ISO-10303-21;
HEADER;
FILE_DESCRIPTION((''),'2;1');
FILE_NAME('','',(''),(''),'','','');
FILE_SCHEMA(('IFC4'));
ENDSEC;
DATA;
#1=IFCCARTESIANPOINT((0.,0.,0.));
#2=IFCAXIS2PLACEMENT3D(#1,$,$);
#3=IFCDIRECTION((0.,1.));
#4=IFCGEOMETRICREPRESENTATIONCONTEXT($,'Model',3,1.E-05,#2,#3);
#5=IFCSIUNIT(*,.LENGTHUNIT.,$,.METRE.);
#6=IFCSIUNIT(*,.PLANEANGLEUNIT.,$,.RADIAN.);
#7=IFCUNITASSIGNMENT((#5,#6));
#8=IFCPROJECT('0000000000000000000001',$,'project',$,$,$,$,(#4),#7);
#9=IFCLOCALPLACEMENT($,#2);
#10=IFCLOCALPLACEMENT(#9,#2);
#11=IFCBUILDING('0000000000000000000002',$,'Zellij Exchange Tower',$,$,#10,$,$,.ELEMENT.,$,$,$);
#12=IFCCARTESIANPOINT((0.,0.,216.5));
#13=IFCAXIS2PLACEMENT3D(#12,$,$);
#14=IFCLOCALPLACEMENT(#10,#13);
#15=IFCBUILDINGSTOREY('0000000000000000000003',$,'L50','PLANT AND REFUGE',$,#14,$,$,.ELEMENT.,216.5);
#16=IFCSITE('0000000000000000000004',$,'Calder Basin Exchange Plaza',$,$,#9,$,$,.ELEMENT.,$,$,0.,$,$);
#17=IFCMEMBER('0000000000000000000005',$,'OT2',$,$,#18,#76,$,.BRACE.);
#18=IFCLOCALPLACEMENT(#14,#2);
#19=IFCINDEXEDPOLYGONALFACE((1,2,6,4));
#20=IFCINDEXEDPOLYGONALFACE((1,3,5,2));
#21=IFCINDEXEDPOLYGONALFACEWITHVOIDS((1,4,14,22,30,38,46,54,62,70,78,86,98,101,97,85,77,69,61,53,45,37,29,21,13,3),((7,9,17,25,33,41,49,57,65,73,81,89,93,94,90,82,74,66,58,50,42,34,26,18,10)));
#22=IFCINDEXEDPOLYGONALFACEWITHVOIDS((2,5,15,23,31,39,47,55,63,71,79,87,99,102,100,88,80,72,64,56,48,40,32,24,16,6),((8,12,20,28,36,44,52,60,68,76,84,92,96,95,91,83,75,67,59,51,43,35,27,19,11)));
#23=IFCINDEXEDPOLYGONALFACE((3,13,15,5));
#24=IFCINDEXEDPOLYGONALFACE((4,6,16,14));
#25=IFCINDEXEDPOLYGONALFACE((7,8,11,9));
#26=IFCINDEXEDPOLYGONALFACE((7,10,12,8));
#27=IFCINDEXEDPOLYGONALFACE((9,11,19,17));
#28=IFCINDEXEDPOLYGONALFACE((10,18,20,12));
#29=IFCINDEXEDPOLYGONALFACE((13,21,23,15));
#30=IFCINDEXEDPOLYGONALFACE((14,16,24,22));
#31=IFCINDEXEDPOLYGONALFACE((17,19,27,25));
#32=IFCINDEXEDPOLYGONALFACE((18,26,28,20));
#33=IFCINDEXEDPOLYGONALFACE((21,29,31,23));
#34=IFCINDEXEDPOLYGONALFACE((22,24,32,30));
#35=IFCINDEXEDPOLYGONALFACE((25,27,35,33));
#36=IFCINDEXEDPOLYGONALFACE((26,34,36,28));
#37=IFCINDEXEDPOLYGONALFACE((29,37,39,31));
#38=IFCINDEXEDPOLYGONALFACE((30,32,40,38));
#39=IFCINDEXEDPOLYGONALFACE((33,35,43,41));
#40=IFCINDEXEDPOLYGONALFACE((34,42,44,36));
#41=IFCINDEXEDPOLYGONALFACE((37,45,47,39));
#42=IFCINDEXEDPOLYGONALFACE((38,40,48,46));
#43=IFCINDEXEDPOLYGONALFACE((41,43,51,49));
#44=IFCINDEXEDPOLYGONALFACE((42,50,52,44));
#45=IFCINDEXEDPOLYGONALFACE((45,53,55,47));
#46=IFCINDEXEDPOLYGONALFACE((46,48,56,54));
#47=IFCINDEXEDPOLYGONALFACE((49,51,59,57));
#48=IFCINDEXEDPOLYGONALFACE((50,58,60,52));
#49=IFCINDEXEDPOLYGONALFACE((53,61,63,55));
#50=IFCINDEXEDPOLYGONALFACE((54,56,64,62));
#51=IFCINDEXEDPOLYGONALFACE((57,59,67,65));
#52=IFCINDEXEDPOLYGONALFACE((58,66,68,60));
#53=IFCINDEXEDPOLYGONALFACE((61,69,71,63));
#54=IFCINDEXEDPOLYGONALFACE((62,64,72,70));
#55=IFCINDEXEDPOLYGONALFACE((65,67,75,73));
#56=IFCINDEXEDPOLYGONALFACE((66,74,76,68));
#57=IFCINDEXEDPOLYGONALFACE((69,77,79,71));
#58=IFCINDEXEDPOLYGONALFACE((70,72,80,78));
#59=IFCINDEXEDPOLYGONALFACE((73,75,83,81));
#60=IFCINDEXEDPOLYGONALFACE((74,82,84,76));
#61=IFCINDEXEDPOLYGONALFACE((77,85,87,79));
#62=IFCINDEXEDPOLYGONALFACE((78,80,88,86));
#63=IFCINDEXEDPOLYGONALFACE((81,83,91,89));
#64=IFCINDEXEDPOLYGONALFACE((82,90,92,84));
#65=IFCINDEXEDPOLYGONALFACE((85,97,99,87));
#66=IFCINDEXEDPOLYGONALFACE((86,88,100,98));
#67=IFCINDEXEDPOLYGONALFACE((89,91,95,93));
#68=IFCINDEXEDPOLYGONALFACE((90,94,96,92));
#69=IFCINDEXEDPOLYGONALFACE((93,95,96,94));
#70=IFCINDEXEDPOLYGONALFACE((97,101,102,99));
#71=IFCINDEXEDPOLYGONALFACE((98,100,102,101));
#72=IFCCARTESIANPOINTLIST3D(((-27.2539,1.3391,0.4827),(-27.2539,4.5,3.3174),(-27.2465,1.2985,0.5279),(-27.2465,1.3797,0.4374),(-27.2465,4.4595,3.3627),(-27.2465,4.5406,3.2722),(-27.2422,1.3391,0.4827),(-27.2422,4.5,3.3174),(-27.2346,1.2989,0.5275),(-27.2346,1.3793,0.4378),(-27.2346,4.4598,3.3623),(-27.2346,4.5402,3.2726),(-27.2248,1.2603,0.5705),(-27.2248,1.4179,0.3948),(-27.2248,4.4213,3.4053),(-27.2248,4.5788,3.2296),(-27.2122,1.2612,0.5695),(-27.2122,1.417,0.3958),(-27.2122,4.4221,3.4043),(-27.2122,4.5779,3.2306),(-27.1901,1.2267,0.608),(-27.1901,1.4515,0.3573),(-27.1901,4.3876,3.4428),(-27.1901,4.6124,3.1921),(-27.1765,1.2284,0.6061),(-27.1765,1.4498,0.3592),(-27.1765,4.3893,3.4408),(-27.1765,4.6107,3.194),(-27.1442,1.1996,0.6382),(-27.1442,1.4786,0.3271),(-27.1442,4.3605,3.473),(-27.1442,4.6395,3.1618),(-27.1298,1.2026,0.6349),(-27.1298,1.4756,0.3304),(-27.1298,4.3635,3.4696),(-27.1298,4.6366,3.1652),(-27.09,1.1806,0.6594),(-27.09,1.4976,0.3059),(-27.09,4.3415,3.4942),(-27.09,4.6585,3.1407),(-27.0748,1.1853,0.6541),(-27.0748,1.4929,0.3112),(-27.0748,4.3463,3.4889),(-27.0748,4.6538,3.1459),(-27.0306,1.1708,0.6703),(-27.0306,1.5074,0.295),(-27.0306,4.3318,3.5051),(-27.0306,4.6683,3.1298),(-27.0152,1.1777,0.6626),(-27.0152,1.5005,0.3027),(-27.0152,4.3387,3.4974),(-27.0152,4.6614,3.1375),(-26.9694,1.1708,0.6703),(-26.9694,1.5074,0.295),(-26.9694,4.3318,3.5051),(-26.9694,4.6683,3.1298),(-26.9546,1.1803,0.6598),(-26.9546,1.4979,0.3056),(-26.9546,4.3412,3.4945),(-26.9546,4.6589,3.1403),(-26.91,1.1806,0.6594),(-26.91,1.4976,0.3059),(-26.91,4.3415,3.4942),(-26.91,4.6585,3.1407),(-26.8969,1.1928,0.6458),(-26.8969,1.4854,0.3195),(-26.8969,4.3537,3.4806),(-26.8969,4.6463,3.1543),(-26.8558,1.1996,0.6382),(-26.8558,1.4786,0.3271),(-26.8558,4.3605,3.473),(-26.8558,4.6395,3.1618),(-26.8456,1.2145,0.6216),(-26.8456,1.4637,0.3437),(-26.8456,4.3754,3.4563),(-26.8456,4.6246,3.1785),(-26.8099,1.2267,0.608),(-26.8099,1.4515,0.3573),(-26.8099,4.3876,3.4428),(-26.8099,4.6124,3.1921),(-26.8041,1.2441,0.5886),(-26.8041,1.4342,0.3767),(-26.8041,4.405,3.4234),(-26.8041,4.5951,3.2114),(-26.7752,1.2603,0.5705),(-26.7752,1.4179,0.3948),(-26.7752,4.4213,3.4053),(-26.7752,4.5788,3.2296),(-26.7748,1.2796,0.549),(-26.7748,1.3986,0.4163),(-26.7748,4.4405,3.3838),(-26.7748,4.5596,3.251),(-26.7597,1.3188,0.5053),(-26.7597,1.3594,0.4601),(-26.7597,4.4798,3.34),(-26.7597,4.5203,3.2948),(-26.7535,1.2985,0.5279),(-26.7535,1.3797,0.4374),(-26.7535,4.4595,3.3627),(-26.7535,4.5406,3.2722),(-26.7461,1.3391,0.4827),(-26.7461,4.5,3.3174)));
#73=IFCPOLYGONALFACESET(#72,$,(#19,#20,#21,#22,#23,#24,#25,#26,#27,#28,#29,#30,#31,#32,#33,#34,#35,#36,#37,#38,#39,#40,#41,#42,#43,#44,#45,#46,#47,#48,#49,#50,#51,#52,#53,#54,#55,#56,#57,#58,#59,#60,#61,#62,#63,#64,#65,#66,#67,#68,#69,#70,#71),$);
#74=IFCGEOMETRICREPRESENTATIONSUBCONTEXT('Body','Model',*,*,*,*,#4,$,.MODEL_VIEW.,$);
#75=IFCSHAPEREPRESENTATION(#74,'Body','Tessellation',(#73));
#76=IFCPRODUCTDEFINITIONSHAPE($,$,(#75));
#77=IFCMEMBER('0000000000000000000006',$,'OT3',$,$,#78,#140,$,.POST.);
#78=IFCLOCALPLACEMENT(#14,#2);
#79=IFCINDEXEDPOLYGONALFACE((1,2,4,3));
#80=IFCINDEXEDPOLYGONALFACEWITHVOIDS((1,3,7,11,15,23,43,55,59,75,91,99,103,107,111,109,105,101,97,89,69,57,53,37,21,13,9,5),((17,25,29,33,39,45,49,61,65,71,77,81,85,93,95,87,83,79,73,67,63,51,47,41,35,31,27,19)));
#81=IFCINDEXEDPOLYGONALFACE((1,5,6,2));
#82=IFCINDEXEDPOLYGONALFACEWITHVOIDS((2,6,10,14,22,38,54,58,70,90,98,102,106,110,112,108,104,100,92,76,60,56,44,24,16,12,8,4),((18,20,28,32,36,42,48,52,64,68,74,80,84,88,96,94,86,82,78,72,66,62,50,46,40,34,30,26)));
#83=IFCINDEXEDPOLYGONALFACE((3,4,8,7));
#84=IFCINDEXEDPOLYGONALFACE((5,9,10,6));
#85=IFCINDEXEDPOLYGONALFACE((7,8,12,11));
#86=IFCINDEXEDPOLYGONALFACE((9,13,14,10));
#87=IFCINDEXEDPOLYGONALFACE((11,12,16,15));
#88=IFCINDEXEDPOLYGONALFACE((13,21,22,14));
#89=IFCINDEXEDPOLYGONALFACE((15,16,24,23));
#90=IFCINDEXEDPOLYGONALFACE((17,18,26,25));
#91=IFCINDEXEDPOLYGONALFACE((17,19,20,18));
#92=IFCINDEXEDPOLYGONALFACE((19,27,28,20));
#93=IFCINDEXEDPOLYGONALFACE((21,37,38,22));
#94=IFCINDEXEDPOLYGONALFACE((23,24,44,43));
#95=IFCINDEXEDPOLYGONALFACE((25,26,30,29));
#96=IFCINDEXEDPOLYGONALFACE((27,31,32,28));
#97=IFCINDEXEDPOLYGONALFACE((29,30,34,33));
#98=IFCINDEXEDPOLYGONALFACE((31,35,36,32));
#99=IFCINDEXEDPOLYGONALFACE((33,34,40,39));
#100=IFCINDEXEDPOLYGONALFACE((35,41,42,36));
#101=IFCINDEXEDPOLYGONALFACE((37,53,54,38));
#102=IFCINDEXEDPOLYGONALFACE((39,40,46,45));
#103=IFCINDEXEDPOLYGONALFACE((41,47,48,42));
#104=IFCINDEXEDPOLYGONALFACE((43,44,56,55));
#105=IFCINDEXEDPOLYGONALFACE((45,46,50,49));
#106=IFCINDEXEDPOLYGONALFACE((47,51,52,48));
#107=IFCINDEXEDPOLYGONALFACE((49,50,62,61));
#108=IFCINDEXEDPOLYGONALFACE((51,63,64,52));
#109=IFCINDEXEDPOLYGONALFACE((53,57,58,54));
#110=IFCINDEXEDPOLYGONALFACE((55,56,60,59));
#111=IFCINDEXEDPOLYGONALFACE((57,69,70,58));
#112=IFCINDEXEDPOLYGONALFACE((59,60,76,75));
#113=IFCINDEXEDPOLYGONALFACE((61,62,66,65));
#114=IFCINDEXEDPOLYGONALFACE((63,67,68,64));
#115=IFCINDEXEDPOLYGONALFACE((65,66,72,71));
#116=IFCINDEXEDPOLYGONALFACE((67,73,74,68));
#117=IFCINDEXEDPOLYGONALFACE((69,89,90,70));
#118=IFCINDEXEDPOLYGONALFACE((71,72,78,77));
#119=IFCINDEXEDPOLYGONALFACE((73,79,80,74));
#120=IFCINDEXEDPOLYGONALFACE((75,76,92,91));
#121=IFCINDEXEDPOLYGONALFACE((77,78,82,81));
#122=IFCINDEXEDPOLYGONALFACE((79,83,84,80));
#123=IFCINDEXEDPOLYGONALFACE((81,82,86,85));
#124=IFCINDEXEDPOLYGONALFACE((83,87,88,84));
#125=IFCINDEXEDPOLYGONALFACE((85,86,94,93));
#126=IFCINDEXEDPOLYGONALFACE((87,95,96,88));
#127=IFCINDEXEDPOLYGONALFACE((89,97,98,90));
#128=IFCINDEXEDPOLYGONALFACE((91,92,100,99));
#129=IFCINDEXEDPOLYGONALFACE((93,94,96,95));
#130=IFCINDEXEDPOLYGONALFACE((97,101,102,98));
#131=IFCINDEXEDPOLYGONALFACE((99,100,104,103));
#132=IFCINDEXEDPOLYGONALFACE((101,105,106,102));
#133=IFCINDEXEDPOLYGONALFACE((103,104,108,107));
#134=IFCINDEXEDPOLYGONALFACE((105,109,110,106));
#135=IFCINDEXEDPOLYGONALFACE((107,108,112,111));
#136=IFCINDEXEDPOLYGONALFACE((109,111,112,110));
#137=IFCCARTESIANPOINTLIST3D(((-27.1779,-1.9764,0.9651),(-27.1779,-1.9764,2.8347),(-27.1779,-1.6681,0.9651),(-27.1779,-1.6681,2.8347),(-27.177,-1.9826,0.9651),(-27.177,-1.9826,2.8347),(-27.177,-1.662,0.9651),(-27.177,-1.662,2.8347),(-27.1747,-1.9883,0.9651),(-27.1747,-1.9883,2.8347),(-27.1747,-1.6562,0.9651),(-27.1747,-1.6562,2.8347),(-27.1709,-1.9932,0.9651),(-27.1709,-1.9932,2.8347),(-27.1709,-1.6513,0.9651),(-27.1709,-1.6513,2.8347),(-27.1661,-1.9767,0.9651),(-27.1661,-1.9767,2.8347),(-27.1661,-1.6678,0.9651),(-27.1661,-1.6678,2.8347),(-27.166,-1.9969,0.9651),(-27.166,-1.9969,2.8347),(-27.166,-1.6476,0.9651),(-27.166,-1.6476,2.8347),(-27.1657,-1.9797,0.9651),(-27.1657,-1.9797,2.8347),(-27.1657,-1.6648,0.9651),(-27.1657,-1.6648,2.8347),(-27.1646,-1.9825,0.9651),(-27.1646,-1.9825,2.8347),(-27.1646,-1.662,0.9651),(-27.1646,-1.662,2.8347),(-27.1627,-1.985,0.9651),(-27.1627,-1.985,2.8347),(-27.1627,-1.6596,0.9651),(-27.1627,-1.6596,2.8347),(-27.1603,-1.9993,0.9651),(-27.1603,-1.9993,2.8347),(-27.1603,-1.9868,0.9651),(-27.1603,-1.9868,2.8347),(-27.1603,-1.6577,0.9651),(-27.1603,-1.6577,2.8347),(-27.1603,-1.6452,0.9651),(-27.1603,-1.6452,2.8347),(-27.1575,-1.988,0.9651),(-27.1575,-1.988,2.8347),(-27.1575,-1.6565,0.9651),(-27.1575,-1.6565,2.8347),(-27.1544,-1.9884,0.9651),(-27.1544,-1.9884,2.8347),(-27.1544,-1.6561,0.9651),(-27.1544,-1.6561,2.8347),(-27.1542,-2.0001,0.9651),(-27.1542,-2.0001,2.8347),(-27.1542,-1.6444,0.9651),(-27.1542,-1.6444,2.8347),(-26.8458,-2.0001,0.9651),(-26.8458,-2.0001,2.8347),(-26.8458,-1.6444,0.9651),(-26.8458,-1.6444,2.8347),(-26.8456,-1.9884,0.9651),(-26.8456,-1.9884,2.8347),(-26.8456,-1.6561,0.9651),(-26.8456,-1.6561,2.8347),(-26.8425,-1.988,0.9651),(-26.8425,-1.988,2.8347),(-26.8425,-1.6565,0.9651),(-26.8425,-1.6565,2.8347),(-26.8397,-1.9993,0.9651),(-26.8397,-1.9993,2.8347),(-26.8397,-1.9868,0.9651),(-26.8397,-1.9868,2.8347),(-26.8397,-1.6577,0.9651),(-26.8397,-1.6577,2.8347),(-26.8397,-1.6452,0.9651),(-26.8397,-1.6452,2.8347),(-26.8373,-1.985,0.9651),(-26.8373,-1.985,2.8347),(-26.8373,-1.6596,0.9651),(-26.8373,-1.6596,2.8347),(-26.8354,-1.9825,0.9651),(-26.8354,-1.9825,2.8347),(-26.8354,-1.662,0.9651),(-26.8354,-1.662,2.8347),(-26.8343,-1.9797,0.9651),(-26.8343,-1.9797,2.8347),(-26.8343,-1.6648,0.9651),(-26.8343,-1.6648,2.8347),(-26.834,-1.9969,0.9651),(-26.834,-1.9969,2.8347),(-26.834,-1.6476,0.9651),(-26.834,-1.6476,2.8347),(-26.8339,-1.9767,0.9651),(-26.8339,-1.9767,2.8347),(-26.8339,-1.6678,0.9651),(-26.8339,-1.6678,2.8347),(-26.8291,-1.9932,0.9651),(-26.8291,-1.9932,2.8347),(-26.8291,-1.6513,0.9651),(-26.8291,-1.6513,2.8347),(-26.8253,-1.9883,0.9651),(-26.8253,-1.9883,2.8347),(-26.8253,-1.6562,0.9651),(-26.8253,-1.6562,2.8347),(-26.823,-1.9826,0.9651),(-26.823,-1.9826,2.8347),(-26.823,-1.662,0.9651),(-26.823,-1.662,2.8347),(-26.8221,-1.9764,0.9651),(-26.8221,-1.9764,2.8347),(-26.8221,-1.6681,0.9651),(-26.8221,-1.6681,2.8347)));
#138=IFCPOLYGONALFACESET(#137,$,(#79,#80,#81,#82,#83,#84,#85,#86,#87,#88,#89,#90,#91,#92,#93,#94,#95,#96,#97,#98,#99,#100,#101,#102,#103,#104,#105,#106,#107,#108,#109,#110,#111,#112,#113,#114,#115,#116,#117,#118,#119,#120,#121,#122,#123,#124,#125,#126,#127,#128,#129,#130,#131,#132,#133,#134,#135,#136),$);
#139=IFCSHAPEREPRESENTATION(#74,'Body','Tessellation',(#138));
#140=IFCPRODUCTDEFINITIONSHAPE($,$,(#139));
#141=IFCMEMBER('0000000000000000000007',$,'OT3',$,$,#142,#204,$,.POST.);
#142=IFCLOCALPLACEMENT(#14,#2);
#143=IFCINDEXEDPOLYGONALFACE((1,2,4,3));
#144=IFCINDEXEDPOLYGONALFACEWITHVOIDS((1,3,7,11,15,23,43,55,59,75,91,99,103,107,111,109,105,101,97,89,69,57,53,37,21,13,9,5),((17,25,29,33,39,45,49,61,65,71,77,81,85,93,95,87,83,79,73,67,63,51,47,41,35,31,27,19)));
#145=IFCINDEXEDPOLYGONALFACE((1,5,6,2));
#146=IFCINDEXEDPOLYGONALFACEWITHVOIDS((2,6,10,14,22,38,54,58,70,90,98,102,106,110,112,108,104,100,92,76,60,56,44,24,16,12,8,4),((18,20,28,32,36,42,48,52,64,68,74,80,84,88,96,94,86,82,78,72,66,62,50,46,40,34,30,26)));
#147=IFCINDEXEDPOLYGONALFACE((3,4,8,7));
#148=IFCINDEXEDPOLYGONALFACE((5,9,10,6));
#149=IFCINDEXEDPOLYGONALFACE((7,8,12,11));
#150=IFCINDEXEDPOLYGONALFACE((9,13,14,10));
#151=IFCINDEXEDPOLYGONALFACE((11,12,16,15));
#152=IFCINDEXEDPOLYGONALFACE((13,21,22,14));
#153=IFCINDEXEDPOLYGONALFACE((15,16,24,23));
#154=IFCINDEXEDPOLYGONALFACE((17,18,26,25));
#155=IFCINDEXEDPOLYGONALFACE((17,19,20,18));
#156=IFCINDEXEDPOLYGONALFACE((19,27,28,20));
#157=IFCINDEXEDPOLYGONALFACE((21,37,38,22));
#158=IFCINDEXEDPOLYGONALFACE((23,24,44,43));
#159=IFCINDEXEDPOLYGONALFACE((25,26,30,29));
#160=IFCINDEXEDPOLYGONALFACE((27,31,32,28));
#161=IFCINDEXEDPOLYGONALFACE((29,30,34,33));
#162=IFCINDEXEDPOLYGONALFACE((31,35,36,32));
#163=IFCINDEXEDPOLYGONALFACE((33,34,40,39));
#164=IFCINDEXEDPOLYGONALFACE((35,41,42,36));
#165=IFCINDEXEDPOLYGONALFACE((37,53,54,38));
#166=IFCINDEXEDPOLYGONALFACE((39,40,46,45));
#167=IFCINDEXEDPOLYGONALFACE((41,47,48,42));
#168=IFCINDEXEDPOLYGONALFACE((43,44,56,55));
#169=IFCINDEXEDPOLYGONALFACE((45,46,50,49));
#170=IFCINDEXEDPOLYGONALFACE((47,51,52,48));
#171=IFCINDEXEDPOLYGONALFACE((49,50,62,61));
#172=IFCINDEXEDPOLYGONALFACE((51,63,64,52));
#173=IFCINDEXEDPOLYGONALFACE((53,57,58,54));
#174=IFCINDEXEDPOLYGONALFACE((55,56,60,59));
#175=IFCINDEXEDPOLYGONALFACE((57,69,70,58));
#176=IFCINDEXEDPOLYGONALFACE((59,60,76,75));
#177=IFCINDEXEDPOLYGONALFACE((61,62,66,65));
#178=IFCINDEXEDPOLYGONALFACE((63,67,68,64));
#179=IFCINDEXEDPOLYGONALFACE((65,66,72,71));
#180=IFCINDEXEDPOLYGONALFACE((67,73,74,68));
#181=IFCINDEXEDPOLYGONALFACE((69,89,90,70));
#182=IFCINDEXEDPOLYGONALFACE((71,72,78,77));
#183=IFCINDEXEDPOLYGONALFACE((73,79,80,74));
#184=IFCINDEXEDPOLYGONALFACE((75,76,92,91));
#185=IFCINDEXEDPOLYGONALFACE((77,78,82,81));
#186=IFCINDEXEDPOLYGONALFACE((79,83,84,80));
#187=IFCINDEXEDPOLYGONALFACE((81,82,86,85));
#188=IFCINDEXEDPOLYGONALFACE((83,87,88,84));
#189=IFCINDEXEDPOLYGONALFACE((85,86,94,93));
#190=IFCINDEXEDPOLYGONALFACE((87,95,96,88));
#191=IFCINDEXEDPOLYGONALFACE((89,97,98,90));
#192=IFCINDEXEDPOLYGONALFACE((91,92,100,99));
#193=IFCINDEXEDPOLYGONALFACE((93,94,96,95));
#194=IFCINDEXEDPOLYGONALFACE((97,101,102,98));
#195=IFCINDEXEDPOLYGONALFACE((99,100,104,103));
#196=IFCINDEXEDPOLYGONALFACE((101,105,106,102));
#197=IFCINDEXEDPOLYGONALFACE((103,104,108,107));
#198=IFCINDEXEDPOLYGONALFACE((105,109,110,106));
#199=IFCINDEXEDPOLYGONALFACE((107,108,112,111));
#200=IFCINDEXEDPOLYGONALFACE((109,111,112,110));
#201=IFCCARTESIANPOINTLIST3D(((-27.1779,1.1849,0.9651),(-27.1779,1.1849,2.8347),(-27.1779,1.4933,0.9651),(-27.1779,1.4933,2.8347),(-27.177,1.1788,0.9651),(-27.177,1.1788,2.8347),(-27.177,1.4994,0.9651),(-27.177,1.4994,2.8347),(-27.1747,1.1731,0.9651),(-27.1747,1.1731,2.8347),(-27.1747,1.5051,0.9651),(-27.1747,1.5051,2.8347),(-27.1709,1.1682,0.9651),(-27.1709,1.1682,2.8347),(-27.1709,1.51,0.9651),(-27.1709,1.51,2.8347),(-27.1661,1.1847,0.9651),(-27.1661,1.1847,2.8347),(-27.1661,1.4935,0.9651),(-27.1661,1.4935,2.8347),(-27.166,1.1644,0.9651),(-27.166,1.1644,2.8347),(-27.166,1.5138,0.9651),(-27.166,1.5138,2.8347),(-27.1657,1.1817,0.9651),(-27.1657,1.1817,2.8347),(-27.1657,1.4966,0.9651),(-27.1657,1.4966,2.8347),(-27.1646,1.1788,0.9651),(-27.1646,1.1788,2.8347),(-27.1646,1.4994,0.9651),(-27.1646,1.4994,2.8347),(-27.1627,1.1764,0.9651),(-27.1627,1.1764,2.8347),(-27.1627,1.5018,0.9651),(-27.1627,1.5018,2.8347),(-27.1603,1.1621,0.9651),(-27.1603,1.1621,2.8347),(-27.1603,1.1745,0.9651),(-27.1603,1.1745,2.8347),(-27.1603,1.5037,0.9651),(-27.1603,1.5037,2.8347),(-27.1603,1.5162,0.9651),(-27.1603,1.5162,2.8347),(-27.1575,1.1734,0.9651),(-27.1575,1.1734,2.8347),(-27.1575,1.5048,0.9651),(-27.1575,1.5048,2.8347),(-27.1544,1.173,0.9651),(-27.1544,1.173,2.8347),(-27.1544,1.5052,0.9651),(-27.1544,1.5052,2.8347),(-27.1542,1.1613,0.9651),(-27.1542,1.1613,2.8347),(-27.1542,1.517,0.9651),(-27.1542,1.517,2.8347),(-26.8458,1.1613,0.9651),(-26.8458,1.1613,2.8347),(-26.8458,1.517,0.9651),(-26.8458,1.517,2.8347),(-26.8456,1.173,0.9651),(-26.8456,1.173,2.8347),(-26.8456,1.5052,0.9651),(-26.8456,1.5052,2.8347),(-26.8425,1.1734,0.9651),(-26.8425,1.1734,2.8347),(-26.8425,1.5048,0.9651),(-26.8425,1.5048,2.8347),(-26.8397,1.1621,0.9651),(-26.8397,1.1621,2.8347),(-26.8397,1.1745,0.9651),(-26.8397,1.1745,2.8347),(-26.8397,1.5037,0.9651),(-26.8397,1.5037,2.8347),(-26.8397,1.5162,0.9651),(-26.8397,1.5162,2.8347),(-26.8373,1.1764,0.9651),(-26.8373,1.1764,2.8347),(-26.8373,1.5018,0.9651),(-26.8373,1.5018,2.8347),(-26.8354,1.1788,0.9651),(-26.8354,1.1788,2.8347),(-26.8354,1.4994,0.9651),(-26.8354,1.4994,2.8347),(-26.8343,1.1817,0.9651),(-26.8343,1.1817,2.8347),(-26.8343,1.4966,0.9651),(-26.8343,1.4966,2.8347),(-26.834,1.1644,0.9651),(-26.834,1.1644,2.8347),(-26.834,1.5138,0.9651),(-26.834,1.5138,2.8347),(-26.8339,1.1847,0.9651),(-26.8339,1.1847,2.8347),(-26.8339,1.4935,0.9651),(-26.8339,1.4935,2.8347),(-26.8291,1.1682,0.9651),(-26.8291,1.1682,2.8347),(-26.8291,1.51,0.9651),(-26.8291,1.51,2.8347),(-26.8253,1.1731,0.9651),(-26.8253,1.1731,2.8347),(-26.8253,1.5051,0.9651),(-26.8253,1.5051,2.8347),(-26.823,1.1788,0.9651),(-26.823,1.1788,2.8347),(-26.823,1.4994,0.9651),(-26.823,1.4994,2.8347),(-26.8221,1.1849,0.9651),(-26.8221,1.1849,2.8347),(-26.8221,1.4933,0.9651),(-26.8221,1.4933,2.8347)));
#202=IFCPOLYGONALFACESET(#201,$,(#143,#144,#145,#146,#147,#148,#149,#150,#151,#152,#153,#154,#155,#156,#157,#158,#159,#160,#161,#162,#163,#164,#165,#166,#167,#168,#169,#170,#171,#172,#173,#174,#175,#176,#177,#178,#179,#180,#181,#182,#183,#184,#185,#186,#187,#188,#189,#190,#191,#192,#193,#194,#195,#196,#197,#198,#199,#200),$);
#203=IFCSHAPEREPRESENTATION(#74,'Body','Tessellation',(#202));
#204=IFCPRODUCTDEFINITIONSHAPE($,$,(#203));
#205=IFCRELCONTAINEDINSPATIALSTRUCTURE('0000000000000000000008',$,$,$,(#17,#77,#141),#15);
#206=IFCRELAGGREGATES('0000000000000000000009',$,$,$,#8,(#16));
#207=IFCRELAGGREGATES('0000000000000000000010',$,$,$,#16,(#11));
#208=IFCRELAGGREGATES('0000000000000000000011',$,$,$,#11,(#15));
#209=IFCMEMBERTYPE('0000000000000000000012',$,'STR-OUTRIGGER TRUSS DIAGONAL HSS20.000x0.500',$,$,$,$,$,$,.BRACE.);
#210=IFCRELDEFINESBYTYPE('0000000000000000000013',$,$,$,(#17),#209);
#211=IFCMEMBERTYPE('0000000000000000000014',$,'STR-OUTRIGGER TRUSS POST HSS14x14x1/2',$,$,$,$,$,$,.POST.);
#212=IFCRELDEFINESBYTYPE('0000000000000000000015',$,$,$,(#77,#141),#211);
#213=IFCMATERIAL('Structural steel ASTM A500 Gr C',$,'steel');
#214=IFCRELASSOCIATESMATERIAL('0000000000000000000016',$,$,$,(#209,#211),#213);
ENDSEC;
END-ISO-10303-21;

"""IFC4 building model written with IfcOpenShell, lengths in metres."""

from ifc_helpers import new_model, si_unit, direction, frame, origin, origin_2d, place, context, subcontext, project, spatial, hollow_rectangle, hollow_circle, extrude, material, material_profile, profile_set, type_object, element, save


model = new_model("IFC4")

# Units and contexts
model_context = context("Model", 3, precision=1e-05, world=origin(), true_north=direction((0.0, 1.0)))
body_context = subcontext(model_context, "Body", "Model", "MODEL_VIEW")
ifc_project = project(units=[si_unit("LENGTHUNIT", "METRE"), si_unit("PLANEANGLEUNIT", "RADIAN")], contexts=[model_context])

# Site, building, storey
site_placement = place(None, origin())
site = spatial("IfcSite", under=ifc_project, at=site_placement, Name="Calder Basin Exchange Plaza", CompositionType="ELEMENT", RefElevation=0.0)
building_placement = place(site_placement, origin())
building = spatial("IfcBuilding", under=site, at=building_placement, Name="Zellij Exchange Tower", CompositionType="ELEMENT")
storey_placement = place(building_placement, frame((0.0, 0.0, 216.5)))
storey = spatial("IfcBuildingStorey", under=building, at=storey_placement, Name="L50", Description="PLANT AND REFUGE", CompositionType="ELEMENT", Elevation=216.5)

# Members
ifc_material_1 = material(Name="Structural steel ASTM A500 Gr C", Category="steel")
ifc_material_profile_1 = material_profile(ifc_material_1, hollow_circle(Radius=0.2539, WallThickness=0.0117, at=origin_2d()), Name="STR-OUTRIGGER TRUSS DIAGONAL HSS20.000x0.500")
ifc_profile_set_1 = profile_set([ifc_material_profile_1], Name="Structural steel ASTM A500 Gr C")
member_type_1 = type_object("IfcMemberType", Name="STR-OUTRIGGER TRUSS DIAGONAL HSS20.000x0.500", PredefinedType="BRACE", material=ifc_profile_set_1)
member_1_placement = place(storey_placement, frame((-27.0, 1.3391, 0.4827), z_axis=(0.0, 0.744474, 0.667652), x_axis=(-1.0, 0.0, 0.0)))
element("IfcMember", 1, at=member_1_placement, inside=storey, type_object=member_type_1, Name="OT2", PredefinedType="BRACE", context=body_context, shape_type="SweptSolid", body=[
    extrude(hollow_circle(Radius=0.2539, WallThickness=0.0117, at=origin_2d()), origin(), (0.0, 0.0, 1.0), 4.2458),
])
ifc_material_profile_2 = material_profile(ifc_material_1, hollow_rectangle(XDim=0.3557, YDim=0.3557, WallThickness=0.0117, InnerFilletRadius=0.0117, OuterFilletRadius=0.0237, at=origin_2d()), Name="STR-OUTRIGGER TRUSS POST HSS14x14x1/2")
ifc_profile_set_2 = profile_set([ifc_material_profile_2], Name="Structural steel ASTM A500 Gr C")
member_type_2 = type_object("IfcMemberType", Name="STR-OUTRIGGER TRUSS POST HSS14x14x1/2", PredefinedType="POST", material=ifc_profile_set_2)
for number, where, z_axis, x_axis, name in (
    (2, (-27.0, -1.8223, 0.9651), (0.0, 0.0, 1.0), (1.0, 0.0, 0.0), "OT3"),
    (3, (-27.0, 1.3391, 0.9651), (0.0, 0.0, 1.0), (1.0, 0.0, 0.0), "OT3"),
):
    element("IfcMember", number, at=place(storey_placement, frame(where, z_axis=z_axis, x_axis=x_axis)), inside=storey, type_object=member_type_2, Name=name, PredefinedType="POST", context=body_context, shape_type="SweptSolid", body=[
        extrude(hollow_rectangle(XDim=0.3557, YDim=0.3557, WallThickness=0.0117, InnerFilletRadius=0.0117, OuterFilletRadius=0.0237, at=origin_2d()), origin(), (0.0, 0.0, 1.0), 1.8696),
    ])

save(model, "model.ifc")
